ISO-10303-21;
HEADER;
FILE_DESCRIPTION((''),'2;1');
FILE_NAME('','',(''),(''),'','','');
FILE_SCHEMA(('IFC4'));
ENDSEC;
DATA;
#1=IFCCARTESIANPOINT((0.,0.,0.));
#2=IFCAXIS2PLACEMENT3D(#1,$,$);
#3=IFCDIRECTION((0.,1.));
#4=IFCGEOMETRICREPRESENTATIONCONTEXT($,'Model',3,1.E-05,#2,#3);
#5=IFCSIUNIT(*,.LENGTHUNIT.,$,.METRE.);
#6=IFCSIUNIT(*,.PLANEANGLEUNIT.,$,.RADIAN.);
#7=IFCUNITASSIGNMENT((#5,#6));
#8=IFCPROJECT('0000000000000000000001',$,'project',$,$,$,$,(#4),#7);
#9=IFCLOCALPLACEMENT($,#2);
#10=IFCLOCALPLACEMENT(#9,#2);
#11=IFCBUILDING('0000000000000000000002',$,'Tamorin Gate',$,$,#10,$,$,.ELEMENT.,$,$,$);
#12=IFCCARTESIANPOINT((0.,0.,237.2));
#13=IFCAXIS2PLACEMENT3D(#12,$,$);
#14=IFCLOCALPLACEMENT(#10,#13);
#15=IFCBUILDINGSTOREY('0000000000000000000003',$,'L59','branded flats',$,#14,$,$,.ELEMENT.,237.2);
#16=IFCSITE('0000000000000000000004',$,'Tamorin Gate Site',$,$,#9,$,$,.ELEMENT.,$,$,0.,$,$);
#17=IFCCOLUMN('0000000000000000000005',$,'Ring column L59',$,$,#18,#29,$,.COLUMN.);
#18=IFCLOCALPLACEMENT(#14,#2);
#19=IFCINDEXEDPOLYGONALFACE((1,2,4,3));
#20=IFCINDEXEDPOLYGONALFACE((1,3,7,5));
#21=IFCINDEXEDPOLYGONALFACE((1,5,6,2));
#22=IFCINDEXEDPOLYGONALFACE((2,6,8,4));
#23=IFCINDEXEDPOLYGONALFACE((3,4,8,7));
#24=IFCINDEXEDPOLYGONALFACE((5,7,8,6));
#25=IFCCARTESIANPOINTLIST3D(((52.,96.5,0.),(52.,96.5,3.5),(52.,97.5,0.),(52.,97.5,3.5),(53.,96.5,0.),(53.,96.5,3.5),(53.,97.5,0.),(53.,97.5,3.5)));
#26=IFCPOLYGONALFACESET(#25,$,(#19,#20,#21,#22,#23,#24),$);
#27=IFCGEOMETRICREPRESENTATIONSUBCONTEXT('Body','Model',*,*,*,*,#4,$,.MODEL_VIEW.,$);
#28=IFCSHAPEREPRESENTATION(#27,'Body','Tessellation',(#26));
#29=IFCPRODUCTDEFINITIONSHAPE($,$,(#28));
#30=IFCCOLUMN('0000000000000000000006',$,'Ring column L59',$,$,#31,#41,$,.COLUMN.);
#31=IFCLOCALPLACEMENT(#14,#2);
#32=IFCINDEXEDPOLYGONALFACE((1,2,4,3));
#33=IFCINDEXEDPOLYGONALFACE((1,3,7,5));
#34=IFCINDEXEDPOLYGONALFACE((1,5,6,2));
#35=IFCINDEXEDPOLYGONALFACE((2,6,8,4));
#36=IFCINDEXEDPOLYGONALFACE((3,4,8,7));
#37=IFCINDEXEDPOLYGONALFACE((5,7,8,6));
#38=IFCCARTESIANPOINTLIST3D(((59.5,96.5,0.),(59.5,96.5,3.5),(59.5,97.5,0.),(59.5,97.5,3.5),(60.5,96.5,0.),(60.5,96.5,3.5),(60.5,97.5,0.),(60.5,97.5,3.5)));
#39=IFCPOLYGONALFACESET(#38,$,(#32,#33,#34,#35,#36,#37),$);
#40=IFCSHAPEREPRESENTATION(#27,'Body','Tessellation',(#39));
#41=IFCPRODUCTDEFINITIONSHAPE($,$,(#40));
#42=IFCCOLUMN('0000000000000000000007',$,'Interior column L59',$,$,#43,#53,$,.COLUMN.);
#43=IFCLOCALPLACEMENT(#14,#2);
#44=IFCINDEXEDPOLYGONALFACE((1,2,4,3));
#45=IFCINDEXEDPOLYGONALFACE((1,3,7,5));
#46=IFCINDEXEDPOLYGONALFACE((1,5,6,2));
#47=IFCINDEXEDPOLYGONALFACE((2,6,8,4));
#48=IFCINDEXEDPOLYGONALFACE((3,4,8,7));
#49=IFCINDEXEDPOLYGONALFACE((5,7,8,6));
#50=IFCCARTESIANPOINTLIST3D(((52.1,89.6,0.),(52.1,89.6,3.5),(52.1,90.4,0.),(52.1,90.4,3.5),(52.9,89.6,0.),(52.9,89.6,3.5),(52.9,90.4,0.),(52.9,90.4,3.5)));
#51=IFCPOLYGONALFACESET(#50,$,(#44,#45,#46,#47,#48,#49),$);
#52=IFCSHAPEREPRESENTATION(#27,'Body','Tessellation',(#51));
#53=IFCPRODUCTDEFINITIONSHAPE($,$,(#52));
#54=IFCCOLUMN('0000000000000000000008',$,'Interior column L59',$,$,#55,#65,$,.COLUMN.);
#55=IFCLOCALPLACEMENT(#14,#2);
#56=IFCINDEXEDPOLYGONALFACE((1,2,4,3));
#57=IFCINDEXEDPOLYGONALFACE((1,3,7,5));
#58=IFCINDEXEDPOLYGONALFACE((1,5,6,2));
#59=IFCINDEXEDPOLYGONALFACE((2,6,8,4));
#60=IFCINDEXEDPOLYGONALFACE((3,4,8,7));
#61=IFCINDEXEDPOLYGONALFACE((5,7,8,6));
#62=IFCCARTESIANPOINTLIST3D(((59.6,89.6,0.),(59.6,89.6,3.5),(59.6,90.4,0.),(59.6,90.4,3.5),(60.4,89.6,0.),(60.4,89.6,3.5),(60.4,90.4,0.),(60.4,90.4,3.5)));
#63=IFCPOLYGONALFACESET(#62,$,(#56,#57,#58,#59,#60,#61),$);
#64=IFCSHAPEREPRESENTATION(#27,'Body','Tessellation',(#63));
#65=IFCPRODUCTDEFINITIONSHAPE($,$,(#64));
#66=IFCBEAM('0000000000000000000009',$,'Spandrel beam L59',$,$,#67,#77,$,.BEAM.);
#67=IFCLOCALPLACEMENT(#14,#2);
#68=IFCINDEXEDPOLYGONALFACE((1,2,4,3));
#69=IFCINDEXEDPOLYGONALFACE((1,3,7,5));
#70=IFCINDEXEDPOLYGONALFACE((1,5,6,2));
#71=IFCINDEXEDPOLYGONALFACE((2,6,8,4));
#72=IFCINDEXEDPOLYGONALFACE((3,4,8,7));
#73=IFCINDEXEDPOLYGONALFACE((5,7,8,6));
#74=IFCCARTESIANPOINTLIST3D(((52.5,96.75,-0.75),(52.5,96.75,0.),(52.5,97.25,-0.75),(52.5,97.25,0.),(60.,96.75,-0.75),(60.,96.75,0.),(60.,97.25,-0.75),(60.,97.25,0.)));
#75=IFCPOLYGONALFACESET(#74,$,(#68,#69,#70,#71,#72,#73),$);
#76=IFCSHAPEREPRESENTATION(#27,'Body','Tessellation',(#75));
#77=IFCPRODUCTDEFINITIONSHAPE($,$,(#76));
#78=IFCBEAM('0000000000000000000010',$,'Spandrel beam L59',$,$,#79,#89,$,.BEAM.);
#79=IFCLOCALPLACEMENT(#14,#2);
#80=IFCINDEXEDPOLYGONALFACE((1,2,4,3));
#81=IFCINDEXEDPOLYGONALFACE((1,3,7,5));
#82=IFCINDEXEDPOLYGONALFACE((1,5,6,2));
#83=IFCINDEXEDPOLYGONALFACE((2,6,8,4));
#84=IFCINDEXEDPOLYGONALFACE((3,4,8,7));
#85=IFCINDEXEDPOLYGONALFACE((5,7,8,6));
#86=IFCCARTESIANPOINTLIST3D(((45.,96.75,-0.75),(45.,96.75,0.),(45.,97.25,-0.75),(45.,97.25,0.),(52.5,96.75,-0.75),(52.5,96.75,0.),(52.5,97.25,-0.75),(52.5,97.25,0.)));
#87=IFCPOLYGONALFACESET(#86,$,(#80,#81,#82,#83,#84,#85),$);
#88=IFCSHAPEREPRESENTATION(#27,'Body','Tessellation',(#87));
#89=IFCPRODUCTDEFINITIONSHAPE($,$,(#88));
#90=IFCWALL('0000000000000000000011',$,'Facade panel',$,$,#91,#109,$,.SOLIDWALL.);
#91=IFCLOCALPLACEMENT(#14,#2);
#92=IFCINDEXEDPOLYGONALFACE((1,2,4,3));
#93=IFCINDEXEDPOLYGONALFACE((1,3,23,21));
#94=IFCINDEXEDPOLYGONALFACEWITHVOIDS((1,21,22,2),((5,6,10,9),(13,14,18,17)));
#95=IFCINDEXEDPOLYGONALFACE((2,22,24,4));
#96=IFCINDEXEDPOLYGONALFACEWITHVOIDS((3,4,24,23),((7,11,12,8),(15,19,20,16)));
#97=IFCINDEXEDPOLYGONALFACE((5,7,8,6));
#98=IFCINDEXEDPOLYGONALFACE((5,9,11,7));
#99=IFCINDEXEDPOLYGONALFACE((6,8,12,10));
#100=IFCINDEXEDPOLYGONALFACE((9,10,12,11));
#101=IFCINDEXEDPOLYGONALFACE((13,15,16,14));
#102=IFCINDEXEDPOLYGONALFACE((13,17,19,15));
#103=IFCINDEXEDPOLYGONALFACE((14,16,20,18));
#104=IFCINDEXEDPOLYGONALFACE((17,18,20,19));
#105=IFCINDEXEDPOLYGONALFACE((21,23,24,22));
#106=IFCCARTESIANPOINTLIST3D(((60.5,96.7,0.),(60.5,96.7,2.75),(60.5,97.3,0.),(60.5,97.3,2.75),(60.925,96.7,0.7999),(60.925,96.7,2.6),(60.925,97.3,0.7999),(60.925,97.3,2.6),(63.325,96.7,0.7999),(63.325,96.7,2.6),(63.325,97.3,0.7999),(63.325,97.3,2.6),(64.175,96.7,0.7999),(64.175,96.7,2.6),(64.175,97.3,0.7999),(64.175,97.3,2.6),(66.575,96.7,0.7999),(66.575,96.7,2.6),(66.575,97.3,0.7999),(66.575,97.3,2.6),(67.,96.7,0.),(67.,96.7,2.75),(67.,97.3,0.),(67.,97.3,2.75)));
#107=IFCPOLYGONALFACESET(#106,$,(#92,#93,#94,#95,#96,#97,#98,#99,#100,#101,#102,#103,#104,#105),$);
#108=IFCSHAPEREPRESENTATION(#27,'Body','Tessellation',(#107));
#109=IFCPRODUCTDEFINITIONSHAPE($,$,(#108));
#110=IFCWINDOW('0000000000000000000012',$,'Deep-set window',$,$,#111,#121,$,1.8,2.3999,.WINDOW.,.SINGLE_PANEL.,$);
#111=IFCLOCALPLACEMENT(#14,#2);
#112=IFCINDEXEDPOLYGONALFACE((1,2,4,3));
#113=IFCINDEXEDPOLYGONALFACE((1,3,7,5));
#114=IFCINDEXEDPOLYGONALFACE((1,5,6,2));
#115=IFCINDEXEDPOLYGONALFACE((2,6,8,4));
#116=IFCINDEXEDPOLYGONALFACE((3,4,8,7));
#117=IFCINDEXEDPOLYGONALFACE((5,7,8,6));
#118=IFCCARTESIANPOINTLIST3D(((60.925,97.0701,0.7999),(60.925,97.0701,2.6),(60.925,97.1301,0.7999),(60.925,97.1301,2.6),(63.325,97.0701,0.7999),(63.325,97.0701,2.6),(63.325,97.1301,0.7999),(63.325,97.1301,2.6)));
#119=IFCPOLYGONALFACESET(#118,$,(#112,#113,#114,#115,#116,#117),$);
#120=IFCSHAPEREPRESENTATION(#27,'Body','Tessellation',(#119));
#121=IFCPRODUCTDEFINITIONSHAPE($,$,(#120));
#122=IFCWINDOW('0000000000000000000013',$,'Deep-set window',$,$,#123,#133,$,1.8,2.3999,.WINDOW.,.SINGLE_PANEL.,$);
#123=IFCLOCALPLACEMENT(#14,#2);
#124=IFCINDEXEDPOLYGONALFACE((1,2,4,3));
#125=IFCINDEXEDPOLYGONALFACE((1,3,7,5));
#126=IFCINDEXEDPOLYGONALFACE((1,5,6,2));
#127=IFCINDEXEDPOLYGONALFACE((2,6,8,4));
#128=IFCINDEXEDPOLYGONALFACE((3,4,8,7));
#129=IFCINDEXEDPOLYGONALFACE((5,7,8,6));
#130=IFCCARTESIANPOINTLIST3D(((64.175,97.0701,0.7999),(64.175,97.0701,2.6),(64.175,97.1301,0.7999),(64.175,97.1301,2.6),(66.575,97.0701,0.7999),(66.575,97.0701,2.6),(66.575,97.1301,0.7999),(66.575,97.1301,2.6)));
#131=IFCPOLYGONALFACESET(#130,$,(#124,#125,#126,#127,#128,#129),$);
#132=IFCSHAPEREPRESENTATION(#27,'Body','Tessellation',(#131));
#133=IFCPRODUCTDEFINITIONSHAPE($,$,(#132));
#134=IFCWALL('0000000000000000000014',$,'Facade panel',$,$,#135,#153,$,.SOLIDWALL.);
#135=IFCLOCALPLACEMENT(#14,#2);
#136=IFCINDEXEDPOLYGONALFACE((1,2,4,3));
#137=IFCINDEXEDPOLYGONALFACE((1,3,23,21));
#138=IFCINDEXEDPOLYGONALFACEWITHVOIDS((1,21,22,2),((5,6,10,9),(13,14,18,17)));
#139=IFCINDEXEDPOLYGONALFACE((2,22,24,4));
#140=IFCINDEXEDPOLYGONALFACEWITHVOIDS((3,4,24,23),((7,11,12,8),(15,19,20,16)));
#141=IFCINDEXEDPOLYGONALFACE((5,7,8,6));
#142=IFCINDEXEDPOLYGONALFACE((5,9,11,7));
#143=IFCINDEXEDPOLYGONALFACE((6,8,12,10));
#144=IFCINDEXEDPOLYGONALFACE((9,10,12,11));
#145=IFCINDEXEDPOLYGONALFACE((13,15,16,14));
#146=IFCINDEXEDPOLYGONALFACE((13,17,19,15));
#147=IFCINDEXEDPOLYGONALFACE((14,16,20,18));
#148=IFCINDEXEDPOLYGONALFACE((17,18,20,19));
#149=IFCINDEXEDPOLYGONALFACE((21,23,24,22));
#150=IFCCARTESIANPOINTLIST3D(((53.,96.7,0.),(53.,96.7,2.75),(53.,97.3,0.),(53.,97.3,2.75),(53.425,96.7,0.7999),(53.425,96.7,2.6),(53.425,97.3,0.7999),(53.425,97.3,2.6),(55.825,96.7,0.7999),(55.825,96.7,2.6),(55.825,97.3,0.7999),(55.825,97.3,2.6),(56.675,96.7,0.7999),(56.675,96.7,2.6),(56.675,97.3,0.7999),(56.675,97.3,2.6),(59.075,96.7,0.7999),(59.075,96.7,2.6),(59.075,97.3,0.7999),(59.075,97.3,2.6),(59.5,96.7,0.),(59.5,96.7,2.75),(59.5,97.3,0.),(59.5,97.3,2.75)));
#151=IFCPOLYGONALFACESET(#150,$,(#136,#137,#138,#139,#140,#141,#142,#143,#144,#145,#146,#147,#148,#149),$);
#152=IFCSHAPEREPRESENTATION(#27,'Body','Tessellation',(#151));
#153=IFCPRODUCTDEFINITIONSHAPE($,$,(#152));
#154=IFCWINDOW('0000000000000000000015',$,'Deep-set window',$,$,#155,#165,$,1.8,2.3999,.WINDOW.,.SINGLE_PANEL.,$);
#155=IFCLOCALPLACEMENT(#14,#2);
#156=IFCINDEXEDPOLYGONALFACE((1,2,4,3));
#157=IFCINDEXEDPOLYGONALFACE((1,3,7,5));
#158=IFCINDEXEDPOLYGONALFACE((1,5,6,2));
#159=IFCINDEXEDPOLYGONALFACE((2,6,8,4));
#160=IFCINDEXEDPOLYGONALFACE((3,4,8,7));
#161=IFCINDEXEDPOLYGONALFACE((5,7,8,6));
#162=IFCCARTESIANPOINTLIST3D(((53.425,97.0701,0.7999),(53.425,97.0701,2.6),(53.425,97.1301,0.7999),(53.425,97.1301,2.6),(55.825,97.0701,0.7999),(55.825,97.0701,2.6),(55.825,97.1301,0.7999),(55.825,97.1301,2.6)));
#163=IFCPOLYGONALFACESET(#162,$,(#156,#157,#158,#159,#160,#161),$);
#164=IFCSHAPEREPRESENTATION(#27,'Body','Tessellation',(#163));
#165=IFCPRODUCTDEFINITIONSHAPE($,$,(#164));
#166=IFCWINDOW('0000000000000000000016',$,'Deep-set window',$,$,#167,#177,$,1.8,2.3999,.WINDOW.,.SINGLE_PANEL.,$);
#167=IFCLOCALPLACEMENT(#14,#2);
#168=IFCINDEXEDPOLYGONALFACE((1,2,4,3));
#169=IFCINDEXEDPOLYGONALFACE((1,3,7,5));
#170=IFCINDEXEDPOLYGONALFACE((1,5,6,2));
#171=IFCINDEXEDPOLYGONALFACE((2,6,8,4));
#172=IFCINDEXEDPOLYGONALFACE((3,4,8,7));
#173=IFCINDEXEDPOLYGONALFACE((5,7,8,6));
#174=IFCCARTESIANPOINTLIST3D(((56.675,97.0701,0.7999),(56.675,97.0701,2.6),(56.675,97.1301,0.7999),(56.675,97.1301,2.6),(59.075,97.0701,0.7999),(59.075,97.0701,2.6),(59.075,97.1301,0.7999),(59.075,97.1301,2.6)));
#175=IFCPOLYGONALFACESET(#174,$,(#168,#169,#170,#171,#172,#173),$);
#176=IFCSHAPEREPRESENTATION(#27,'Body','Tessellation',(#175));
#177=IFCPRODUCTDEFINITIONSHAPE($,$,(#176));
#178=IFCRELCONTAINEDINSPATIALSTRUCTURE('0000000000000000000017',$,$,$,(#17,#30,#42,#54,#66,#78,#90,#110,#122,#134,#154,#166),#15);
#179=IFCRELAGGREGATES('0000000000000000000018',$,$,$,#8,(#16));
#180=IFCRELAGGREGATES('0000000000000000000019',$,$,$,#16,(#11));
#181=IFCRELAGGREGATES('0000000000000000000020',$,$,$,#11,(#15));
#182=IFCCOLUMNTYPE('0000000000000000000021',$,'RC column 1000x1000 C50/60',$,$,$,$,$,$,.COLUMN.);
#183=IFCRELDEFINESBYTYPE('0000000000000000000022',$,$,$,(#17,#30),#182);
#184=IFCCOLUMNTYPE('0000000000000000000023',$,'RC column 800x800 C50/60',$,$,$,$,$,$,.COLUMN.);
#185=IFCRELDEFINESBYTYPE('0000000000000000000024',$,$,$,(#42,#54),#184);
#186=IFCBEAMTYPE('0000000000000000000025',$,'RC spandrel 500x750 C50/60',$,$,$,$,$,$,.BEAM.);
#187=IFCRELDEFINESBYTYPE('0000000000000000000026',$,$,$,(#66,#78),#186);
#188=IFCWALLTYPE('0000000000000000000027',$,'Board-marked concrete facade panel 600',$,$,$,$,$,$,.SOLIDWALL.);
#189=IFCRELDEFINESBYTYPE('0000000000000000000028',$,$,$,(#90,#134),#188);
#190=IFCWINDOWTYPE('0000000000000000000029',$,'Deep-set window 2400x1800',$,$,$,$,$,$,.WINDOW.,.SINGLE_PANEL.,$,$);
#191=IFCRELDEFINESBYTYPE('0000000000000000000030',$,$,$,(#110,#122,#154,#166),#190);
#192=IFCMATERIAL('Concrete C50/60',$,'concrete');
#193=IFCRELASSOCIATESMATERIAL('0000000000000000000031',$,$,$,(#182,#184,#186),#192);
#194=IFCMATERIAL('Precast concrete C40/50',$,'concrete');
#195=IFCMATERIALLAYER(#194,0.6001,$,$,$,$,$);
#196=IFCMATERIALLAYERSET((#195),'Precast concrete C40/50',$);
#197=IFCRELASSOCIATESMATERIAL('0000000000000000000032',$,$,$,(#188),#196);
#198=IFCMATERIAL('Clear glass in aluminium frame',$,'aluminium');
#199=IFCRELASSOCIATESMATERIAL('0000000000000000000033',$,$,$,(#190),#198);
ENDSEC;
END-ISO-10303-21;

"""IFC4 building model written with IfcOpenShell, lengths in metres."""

from ifc_helpers import new_model, si_unit, direction, frame, frame_2d, origin, origin_2d, place, context, subcontext, project, spatial, rectangle, extrude, material, layer, layer_set, material_profile, profile_set, type_object, element, fill, save


model = new_model("IFC4")

# Units and contexts
model_context = context("Model", 3, precision=1e-05, world=origin(), true_north=direction((0.0, 1.0)))
body_context = subcontext(model_context, "Body", "Model", "MODEL_VIEW")
ifc_project = project(units=[si_unit("LENGTHUNIT", "METRE"), si_unit("PLANEANGLEUNIT", "RADIAN")], contexts=[model_context])

# Site, building, storey
site_placement = place(None, origin())
site = spatial("IfcSite", under=ifc_project, at=site_placement, Name="Tamorin Gate Site", CompositionType="ELEMENT", RefElevation=0.0)
building_placement = place(site_placement, origin())
building = spatial("IfcBuilding", under=site, at=building_placement, Name="Tamorin Gate", CompositionType="ELEMENT")
storey_placement = place(building_placement, frame((0.0, 0.0, 237.2)))
storey = spatial("IfcBuildingStorey", under=building, at=storey_placement, Name="L59", Description="branded flats", CompositionType="ELEMENT", Elevation=237.2)

# Columns
ifc_material_1 = material(Name="Concrete C50/60", Category="concrete")
ifc_material_profile_1 = material_profile(ifc_material_1, rectangle(XDim=1.0, YDim=1.0, at=origin_2d()), Name="RC 1000x1000")
ifc_profile_set_1 = profile_set([ifc_material_profile_1], Name="Concrete C50/60")
column_type_1 = type_object("IfcColumnType", Name="RC column 1000x1000 C50/60", PredefinedType="COLUMN", material=ifc_profile_set_1)
for number, where, z_axis, x_axis, name in (
    (1, (52.5, 97.0, 0.0), (0.0, 0.0, 1.0), (1.0, 0.0, 0.0), "Ring column L59"),
    (2, (60.0, 97.0, 0.0), (0.0, 0.0, 1.0), (1.0, 0.0, 0.0), "Ring column L59"),
):
    element("IfcColumn", number, at=place(storey_placement, frame(where, z_axis=z_axis, x_axis=x_axis)), inside=storey, type_object=column_type_1, Name=name, PredefinedType="COLUMN", context=body_context, shape_type="SweptSolid", body=[
        extrude(rectangle(XDim=1.0, YDim=1.0, at=origin_2d()), origin(), (0.0, 0.0, 1.0), 3.5),
    ])
ifc_material_profile_2 = material_profile(ifc_material_1, rectangle(XDim=0.8, YDim=0.8, at=origin_2d()), Name="RC 800x800")
ifc_profile_set_2 = profile_set([ifc_material_profile_2], Name="Concrete C50/60")
column_type_2 = type_object("IfcColumnType", Name="RC column 800x800 C50/60", PredefinedType="COLUMN", material=ifc_profile_set_2)
for number, where, z_axis, x_axis, name in (
    (3, (52.5, 90.0, 0.0), (0.0, 0.0, 1.0), (1.0, 0.0, 0.0), "Interior column L59"),
    (4, (60.0, 90.0, 0.0), (0.0, 0.0, 1.0), (1.0, 0.0, 0.0), "Interior column L59"),
):
    element("IfcColumn", number, at=place(storey_placement, frame(where, z_axis=z_axis, x_axis=x_axis)), inside=storey, type_object=column_type_2, Name=name, PredefinedType="COLUMN", context=body_context, shape_type="SweptSolid", body=[
        extrude(rectangle(XDim=0.8, YDim=0.8, at=origin_2d()), origin(), (0.0, 0.0, 1.0), 3.5),
    ])

# Beams
ifc_material_profile_3 = material_profile(ifc_material_1, rectangle(XDim=0.5, YDim=0.75, at=origin_2d()), Name="RC 500x750")
ifc_profile_set_3 = profile_set([ifc_material_profile_3], Name="Concrete C50/60")
beam_type = type_object("IfcBeamType", Name="RC spandrel 500x750 C50/60", PredefinedType="BEAM", material=ifc_profile_set_3)
for number, where, z_axis, x_axis, name in (
    (5, (60.0, 97.0, -0.375), (-1.0, 0.0, 0.0), (0.0, -1.0, 0.0), "Spandrel beam L59"),
    (6, (52.5, 97.0, -0.375), (-1.0, 0.0, 0.0), (0.0, -1.0, 0.0), "Spandrel beam L59"),
):
    element("IfcBeam", number, at=place(storey_placement, frame(where, z_axis=z_axis, x_axis=x_axis)), inside=storey, type_object=beam_type, Name=name, PredefinedType="BEAM", context=body_context, shape_type="SweptSolid", body=[
        extrude(rectangle(XDim=0.5, YDim=0.75, at=origin_2d()), origin(), (0.0, 0.0, 1.0), 7.5),
    ])

# Walls, openings, windows
ifc_material_2 = material(Name="Precast concrete C40/50", Category="concrete")
ifc_layer_1 = layer(ifc_material_2, 0.6001)
ifc_layer_set_1 = layer_set([ifc_layer_1], Name="Precast concrete C40/50")
wall_type_1 = type_object("IfcWallType", Name="Board-marked concrete facade panel 600", PredefinedType="SOLIDWALL", material=ifc_layer_set_1)
wall_1_placement = place(storey_placement, frame((67.0, 97.0, 0.0), z_axis=(0.0, 0.0, 1.0), x_axis=(-1.0, 0.0, 0.0)))
wall_1 = element("IfcWall", 7, at=wall_1_placement, inside=storey, type_object=wall_type_1, Name="Facade panel", PredefinedType="SOLIDWALL", context=body_context, shape_type="SweptSolid", body=[
    extrude(rectangle(XDim=6.5, YDim=0.6001, at=frame_2d((3.25, 0.0))), origin(), (0.0, 0.0, 1.0), 2.75),
])
opening_1_placement = place(wall_1_placement, frame((3.675, 0.0, 0.8)))
opening_1 = element("IfcOpeningElement", 8, at=opening_1_placement, cuts=wall_1, PredefinedType="OPENING", context=body_context, shape_type="SweptSolid", body=[
    extrude(rectangle(XDim=2.3999, YDim=1.8, at=frame_2d((1.2, 0.8999))), frame((0.0, 0.3101, 0.0), z_axis=(0.0, -1.0, 0.0), x_axis=(1.0, 0.0, 0.0)), (0.0, 0.0, 1.0), 0.6201),
])
opening_2_placement = place(wall_1_placement, frame((0.425, 0.0, 0.8)))
opening_2 = element("IfcOpeningElement", 9, at=opening_2_placement, cuts=wall_1, PredefinedType="OPENING", context=body_context, shape_type="SweptSolid", body=[
    extrude(rectangle(XDim=2.3999, YDim=1.8, at=frame_2d((1.2, 0.8999))), frame((0.0, 0.3101, 0.0), z_axis=(0.0, -1.0, 0.0), x_axis=(1.0, 0.0, 0.0)), (0.0, 0.0, 1.0), 0.6201),
])
ifc_material_3 = material(Name="Clear glass in aluminium frame", Category="aluminium")
window_type = type_object("IfcWindowType", Name="Deep-set window 2400x1800", PartitioningType="SINGLE_PANEL", PredefinedType="WINDOW", material=ifc_material_3)
window_1_placement = place(opening_1_placement, origin())
window_1 = element("IfcWindow", 10, at=window_1_placement, inside=storey, type_object=window_type, Name="Deep-set window", OverallHeight=1.8, OverallWidth=2.3999, PartitioningType="SINGLE_PANEL", PredefinedType="WINDOW", context=body_context, shape_type="SweptSolid", body=[
    extrude(rectangle(XDim=2.3999, YDim=1.8, at=frame_2d((1.2, 0.8999))), frame((0.0, -0.0701, 0.0), z_axis=(0.0, -1.0, 0.0), x_axis=(1.0, 0.0, 0.0)), (0.0, 0.0, 1.0), 0.0601),
])
fill(opening_1, window_1)
window_2_placement = place(opening_2_placement, origin())
window_2 = element("IfcWindow", 11, at=window_2_placement, inside=storey, type_object=window_type, Name="Deep-set window", OverallHeight=1.8, OverallWidth=2.3999, PartitioningType="SINGLE_PANEL", PredefinedType="WINDOW", context=body_context, shape_type="SweptSolid", body=[
    extrude(rectangle(XDim=2.3999, YDim=1.8, at=frame_2d((1.2, 0.8999))), frame((0.0, -0.0701, 0.0), z_axis=(0.0, -1.0, 0.0), x_axis=(1.0, 0.0, 0.0)), (0.0, 0.0, 1.0), 0.0601),
])
fill(opening_2, window_2)
wall_2_placement = place(storey_placement, frame((59.5, 97.0, 0.0), z_axis=(0.0, 0.0, 1.0), x_axis=(-1.0, 0.0, 0.0)))
wall_2 = element("IfcWall", 12, at=wall_2_placement, inside=storey, type_object=wall_type_1, Name="Facade panel", PredefinedType="SOLIDWALL", context=body_context, shape_type="SweptSolid", body=[
    extrude(rectangle(XDim=6.5, YDim=0.6001, at=frame_2d((3.25, 0.0))), origin(), (0.0, 0.0, 1.0), 2.75),
])
opening_3_placement = place(wall_2_placement, frame((3.675, 0.0, 0.8)))
opening_3 = element("IfcOpeningElement", 13, at=opening_3_placement, cuts=wall_2, PredefinedType="OPENING", context=body_context, shape_type="SweptSolid", body=[
    extrude(rectangle(XDim=2.3999, YDim=1.8, at=frame_2d((1.2, 0.8999))), frame((0.0, 0.3101, 0.0), z_axis=(0.0, -1.0, 0.0), x_axis=(1.0, 0.0, 0.0)), (0.0, 0.0, 1.0), 0.6201),
])
opening_4_placement = place(wall_2_placement, frame((0.425, 0.0, 0.8)))
opening_4 = element("IfcOpeningElement", 14, at=opening_4_placement, cuts=wall_2, PredefinedType="OPENING", context=body_context, shape_type="SweptSolid", body=[
    extrude(rectangle(XDim=2.3999, YDim=1.8, at=frame_2d((1.2, 0.8999))), frame((0.0, 0.3101, 0.0), z_axis=(0.0, -1.0, 0.0), x_axis=(1.0, 0.0, 0.0)), (0.0, 0.0, 1.0), 0.6201),
])
window_3_placement = place(opening_3_placement, origin())
window_3 = element("IfcWindow", 15, at=window_3_placement, inside=storey, type_object=window_type, Name="Deep-set window", OverallHeight=1.8, OverallWidth=2.3999, PartitioningType="SINGLE_PANEL", PredefinedType="WINDOW", context=body_context, shape_type="SweptSolid", body=[
    extrude(rectangle(XDim=2.3999, YDim=1.8, at=frame_2d((1.2, 0.8999))), frame((0.0, -0.0701, 0.0), z_axis=(0.0, -1.0, 0.0), x_axis=(1.0, 0.0, 0.0)), (0.0, 0.0, 1.0), 0.0601),
])
fill(opening_3, window_3)
window_4_placement = place(opening_4_placement, origin())
window_4 = element("IfcWindow", 16, at=window_4_placement, inside=storey, type_object=window_type, Name="Deep-set window", OverallHeight=1.8, OverallWidth=2.3999, PartitioningType="SINGLE_PANEL", PredefinedType="WINDOW", context=body_context, shape_type="SweptSolid", body=[
    extrude(rectangle(XDim=2.3999, YDim=1.8, at=frame_2d((1.2, 0.8999))), frame((0.0, -0.0701, 0.0), z_axis=(0.0, -1.0, 0.0), x_axis=(1.0, 0.0, 0.0)), (0.0, 0.0, 1.0), 0.0601),
])
fill(opening_4, window_4)

save(model, "model.ifc")
